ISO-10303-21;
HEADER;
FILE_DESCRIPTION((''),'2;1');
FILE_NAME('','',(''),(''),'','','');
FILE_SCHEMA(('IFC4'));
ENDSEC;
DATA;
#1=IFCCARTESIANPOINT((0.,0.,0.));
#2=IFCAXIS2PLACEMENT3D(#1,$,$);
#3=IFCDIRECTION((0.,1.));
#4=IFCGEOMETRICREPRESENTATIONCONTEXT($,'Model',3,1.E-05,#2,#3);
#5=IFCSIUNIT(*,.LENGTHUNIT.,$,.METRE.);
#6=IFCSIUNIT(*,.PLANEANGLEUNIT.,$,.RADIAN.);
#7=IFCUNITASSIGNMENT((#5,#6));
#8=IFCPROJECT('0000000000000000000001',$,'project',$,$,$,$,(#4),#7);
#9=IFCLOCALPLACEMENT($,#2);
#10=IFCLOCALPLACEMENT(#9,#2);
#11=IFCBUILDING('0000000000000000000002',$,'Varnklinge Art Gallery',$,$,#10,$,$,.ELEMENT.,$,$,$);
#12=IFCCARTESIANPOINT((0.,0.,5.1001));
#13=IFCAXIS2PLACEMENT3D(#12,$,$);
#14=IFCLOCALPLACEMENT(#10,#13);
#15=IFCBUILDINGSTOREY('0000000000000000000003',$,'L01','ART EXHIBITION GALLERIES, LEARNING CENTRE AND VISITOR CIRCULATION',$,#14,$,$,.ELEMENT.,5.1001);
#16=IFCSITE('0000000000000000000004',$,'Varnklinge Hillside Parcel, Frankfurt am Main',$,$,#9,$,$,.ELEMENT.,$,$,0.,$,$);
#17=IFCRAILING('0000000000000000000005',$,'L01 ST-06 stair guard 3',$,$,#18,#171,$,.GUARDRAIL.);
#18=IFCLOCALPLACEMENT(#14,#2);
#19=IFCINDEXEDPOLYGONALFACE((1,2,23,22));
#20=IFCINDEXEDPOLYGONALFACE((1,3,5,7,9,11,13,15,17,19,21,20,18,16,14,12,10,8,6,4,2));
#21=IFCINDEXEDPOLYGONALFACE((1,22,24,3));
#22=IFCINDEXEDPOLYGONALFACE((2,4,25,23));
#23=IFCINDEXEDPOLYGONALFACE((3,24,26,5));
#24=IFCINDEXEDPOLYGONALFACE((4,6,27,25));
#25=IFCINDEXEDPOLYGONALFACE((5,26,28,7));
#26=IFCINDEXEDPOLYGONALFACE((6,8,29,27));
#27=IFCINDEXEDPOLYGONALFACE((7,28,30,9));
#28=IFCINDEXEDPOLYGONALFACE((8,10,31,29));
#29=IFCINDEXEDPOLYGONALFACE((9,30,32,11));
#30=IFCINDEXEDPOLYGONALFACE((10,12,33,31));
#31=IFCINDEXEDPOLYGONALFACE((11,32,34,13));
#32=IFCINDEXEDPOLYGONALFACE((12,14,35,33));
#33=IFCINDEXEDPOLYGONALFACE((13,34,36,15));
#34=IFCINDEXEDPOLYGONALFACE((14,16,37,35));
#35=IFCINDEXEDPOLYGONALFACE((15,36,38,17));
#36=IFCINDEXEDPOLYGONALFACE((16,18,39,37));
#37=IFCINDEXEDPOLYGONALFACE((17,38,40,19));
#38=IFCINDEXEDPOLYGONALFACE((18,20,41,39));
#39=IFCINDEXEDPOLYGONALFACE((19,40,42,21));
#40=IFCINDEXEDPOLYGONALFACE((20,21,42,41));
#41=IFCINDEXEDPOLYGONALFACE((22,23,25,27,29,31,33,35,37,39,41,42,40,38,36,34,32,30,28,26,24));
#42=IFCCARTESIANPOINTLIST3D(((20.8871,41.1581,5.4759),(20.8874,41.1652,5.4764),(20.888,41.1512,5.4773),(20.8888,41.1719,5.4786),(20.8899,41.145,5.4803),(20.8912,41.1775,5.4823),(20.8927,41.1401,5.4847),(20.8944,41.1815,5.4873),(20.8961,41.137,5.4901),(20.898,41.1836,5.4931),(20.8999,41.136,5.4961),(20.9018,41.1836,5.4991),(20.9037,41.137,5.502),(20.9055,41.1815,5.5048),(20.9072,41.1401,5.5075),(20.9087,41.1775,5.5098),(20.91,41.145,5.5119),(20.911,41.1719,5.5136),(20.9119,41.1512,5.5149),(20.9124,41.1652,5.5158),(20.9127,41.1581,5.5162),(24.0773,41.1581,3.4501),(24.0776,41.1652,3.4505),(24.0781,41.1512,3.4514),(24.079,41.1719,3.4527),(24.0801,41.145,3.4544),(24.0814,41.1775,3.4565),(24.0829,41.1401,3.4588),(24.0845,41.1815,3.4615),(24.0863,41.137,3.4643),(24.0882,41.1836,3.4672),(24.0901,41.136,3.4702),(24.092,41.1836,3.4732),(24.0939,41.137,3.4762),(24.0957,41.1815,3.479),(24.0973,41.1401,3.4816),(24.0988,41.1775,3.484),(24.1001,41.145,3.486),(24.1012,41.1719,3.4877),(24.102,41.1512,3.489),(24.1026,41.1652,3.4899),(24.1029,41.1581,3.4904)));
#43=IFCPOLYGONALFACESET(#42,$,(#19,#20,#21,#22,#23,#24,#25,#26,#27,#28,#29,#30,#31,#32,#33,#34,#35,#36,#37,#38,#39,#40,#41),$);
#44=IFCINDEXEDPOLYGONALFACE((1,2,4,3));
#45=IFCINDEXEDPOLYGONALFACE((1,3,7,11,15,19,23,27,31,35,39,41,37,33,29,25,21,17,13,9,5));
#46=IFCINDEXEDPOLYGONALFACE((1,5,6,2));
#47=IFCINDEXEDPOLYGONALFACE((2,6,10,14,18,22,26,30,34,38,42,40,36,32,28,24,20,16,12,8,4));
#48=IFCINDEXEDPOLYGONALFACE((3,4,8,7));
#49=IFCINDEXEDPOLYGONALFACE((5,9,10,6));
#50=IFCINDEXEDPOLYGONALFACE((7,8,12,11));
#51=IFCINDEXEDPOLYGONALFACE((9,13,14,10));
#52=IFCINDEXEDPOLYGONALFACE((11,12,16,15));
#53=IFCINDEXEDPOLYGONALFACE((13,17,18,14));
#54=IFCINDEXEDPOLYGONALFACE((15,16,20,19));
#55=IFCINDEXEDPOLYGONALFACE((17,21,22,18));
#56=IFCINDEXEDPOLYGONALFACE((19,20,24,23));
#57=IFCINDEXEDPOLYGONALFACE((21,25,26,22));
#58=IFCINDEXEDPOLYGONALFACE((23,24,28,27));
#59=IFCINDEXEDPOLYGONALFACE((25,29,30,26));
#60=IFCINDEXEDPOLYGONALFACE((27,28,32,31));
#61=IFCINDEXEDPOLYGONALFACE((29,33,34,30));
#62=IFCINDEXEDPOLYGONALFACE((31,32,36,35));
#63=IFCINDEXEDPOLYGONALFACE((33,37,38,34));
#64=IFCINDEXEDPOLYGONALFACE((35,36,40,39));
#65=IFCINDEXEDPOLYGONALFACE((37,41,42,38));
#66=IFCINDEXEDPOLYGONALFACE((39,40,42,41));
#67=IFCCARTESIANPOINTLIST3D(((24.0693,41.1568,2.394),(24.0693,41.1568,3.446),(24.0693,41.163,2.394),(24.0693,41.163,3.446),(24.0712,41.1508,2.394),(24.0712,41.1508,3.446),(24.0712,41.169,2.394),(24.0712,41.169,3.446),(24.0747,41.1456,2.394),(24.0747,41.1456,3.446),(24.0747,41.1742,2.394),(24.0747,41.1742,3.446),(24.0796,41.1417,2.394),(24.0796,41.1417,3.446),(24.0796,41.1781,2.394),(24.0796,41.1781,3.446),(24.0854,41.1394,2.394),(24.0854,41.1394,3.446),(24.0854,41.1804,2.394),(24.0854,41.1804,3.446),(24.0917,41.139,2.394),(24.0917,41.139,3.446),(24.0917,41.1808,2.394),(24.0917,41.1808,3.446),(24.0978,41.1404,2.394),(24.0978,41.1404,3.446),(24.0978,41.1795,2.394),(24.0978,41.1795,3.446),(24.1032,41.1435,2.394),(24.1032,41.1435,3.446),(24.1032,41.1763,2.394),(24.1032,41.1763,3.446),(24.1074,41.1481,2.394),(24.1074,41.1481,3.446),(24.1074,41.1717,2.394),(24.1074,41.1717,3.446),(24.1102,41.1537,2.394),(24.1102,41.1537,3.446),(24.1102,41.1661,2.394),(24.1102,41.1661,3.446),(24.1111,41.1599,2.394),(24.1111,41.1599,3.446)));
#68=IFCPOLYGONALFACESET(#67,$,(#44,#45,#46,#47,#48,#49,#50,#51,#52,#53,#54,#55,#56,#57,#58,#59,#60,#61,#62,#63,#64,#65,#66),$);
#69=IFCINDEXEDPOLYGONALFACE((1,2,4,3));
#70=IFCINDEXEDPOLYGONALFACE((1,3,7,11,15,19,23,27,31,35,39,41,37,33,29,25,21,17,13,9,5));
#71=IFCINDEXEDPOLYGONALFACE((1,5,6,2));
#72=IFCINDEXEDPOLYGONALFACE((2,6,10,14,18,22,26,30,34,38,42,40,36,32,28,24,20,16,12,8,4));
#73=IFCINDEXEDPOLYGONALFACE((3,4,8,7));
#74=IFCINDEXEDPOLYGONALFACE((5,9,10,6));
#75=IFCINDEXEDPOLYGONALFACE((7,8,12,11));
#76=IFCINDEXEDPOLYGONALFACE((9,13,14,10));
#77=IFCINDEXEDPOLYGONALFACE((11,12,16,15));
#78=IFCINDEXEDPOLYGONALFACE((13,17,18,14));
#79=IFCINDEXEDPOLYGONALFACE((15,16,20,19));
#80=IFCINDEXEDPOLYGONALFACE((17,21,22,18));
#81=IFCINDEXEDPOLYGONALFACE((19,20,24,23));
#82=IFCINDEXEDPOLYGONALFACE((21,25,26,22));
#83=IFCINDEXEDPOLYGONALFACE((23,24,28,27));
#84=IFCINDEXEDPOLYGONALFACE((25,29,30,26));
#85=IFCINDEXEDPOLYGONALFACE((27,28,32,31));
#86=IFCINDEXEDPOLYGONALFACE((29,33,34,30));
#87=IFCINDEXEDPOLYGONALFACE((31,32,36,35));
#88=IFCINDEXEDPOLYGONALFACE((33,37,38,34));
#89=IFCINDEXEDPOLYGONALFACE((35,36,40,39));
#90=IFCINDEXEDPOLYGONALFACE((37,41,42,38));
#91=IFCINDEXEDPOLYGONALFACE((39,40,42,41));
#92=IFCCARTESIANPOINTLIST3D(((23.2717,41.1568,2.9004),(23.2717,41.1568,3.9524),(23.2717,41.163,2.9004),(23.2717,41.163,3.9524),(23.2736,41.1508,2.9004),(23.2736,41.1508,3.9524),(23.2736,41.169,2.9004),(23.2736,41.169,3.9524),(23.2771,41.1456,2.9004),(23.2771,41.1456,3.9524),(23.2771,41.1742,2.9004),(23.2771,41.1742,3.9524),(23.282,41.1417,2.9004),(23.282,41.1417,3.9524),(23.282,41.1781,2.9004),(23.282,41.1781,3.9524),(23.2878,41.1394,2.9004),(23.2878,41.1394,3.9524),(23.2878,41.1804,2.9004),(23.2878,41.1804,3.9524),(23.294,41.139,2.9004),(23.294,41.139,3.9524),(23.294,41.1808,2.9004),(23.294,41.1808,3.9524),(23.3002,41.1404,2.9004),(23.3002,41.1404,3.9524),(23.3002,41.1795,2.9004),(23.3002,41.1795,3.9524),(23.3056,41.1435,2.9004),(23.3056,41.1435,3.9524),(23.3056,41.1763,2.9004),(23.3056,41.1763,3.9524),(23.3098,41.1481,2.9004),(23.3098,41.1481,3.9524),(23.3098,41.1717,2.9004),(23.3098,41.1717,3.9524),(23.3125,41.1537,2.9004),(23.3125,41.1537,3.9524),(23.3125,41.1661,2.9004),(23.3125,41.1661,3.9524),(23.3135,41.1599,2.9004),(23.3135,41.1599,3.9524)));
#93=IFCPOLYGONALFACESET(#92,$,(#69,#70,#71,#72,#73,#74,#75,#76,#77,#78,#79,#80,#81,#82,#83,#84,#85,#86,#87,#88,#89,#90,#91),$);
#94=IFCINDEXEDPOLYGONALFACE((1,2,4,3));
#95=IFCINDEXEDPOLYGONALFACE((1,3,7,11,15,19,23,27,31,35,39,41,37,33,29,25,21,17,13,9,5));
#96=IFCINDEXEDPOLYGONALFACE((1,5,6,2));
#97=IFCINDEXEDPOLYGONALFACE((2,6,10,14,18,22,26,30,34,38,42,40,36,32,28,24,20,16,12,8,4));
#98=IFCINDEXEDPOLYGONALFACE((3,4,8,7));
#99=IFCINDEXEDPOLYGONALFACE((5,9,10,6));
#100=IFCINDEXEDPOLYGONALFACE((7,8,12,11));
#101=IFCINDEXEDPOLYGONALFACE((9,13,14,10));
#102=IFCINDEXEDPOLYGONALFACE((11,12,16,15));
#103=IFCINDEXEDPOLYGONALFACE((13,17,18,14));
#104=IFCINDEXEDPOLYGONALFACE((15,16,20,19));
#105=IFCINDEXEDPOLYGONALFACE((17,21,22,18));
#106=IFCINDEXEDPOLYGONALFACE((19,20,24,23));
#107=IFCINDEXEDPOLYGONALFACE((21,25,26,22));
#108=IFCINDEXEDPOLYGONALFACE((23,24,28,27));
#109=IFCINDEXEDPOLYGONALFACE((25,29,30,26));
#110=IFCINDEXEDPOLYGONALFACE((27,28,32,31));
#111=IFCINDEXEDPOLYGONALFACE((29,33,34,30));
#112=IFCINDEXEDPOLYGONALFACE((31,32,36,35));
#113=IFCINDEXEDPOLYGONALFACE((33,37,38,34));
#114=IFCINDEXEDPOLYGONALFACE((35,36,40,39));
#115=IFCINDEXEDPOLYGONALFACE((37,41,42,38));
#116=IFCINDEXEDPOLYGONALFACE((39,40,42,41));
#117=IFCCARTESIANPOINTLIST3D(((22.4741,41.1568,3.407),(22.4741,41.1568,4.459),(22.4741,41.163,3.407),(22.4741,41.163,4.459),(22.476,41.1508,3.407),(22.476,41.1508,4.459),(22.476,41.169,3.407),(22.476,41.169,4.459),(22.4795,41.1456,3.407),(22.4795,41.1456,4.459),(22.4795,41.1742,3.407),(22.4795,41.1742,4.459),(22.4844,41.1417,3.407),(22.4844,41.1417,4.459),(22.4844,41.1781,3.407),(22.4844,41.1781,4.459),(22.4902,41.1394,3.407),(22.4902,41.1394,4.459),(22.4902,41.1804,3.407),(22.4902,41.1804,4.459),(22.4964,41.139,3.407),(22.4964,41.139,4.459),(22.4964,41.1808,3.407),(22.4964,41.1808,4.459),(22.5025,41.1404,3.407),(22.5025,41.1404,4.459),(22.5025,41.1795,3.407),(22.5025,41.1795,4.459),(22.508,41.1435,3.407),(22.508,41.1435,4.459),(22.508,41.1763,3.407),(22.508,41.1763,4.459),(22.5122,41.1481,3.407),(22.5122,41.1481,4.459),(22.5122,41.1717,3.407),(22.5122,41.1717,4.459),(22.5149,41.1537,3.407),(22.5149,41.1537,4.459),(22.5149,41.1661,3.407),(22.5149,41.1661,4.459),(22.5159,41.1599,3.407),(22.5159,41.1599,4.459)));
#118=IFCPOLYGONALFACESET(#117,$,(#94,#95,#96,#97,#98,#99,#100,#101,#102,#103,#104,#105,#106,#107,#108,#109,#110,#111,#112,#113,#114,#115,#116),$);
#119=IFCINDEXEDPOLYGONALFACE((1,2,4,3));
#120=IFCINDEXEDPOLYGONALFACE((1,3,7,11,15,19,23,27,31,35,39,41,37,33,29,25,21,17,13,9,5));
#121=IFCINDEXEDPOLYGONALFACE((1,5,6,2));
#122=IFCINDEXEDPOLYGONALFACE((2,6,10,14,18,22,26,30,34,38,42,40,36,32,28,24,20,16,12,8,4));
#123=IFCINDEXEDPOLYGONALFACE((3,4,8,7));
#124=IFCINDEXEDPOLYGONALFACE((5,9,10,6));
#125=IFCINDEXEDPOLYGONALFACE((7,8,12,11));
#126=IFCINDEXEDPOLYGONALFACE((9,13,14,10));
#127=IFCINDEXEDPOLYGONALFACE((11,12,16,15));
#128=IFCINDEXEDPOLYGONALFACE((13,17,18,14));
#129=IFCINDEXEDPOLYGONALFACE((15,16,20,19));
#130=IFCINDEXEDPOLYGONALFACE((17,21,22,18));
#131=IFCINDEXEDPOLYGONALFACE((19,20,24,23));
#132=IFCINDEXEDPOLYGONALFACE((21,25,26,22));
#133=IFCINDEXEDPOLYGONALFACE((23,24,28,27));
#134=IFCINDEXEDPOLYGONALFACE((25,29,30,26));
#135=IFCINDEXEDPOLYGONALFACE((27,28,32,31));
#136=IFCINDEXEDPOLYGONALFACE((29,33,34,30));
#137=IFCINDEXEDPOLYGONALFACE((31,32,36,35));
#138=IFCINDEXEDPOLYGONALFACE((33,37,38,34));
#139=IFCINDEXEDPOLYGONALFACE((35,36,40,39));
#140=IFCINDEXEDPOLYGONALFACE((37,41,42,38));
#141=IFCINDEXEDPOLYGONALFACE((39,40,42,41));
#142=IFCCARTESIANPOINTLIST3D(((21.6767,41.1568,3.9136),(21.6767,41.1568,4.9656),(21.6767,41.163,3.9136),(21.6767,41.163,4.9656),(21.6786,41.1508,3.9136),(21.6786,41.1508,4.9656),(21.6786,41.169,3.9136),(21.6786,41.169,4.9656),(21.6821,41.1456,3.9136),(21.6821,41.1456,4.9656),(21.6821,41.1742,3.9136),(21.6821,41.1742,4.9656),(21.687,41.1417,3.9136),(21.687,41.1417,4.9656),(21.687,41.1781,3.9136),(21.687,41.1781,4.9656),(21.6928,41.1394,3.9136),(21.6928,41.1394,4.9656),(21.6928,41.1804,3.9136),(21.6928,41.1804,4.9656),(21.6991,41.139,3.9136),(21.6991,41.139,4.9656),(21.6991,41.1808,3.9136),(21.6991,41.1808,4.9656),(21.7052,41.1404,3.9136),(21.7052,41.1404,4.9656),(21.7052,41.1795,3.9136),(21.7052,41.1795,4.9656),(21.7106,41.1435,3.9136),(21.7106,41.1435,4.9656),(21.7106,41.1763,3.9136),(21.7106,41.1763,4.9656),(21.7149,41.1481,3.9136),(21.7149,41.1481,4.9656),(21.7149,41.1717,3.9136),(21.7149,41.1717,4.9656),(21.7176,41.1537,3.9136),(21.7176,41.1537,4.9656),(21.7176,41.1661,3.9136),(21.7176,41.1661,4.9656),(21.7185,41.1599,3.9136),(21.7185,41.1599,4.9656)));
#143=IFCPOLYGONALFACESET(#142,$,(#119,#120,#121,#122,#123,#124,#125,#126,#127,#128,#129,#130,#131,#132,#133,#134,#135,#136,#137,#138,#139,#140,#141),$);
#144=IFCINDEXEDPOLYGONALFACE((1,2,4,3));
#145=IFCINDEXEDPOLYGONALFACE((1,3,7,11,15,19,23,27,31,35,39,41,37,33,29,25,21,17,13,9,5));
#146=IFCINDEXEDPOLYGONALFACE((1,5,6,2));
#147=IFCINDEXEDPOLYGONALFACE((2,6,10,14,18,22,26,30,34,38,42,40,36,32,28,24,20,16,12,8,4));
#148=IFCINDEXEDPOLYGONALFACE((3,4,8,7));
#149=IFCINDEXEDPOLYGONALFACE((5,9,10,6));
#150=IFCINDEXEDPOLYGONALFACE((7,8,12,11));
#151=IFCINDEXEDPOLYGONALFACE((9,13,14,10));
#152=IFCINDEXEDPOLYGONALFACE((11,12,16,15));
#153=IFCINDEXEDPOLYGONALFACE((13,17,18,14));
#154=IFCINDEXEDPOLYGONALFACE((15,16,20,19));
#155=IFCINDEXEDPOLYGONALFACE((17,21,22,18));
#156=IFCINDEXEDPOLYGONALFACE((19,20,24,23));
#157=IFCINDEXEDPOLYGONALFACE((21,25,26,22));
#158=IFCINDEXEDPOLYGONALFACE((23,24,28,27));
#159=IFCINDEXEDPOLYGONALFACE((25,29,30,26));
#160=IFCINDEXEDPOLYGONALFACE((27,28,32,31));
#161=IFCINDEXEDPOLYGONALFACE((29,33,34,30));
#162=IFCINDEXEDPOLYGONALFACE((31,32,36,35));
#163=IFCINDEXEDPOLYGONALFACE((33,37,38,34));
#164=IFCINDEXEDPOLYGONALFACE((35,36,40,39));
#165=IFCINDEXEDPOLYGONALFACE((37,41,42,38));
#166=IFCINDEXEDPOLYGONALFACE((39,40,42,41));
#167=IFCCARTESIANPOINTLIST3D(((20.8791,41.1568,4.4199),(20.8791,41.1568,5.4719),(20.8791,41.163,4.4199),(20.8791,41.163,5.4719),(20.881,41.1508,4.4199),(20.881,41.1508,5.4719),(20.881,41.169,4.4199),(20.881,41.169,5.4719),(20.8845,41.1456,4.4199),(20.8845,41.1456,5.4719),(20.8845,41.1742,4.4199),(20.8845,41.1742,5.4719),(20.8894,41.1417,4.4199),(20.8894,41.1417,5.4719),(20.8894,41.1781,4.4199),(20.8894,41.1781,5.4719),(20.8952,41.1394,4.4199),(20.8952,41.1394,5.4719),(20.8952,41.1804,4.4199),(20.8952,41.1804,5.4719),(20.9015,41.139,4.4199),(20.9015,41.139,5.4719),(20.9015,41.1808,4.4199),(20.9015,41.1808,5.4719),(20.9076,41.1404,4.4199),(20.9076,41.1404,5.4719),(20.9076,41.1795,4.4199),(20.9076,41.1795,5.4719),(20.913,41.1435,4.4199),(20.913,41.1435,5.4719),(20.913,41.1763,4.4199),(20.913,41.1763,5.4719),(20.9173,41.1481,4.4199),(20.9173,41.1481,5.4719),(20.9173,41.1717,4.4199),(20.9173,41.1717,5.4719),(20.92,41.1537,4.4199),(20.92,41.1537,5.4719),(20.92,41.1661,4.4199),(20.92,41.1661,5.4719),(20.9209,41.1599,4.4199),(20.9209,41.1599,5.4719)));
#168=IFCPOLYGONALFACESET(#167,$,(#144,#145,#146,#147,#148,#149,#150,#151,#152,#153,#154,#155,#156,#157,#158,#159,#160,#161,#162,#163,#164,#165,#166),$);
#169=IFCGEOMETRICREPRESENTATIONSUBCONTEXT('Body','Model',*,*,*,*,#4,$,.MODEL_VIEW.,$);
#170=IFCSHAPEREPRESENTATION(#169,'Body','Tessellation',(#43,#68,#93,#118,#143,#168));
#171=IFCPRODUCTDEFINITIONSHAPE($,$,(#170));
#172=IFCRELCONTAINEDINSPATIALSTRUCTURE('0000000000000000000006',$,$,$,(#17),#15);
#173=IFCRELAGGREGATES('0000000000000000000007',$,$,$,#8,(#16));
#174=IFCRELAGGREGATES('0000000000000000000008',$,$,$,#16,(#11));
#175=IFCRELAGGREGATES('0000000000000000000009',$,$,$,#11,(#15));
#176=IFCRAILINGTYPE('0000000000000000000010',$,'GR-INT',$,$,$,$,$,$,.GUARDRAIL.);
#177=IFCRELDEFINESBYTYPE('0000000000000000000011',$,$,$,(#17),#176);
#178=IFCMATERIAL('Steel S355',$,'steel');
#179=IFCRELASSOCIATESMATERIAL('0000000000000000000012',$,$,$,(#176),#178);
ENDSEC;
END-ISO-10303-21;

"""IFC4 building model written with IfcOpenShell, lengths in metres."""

from ifc_helpers import new_model, si_unit, direction, frame, origin, origin_2d, place, context, subcontext, project, spatial, circle, extrude, material, type_object, element, save


model = new_model("IFC4")

# Units and contexts
model_context = context("Model", 3, precision=1e-05, world=origin(), true_north=direction((0.0, 1.0)))
body_context = subcontext(model_context, "Body", "Model", "MODEL_VIEW")
ifc_project = project(units=[si_unit("LENGTHUNIT", "METRE"), si_unit("PLANEANGLEUNIT", "RADIAN")], contexts=[model_context])

# Site, building, storey
site_placement = place(None, origin())
site = spatial("IfcSite", under=ifc_project, at=site_placement, Name="Varnklinge Hillside Parcel, Frankfurt am Main", CompositionType="ELEMENT", RefElevation=0.0)
building_placement = place(site_placement, origin())
building = spatial("IfcBuilding", under=site, at=building_placement, Name="Varnklinge Art Gallery", CompositionType="ELEMENT")
storey_placement = place(building_placement, frame((0.0, 0.0, 5.1001)))
storey = spatial("IfcBuildingStorey", under=building, at=storey_placement, Name="L01", Description="ART EXHIBITION GALLERIES, LEARNING CENTRE AND VISITOR CIRCULATION", CompositionType="ELEMENT", Elevation=5.1001)

# Railing
ifc_material_1 = material(Name="Steel S355", Category="steel")
railing_type_1 = type_object("IfcRailingType", Name="GR-INT", PredefinedType="GUARDRAIL", material=ifc_material_1)
railing_1_placement = place(storey_placement, frame((24.0901, 41.1599, 2.394)))
element("IfcRailing", 1, at=railing_1_placement, inside=storey, type_object=railing_type_1, Name="L01 ST-06 stair guard 3", PredefinedType="GUARDRAIL", context=body_context, shape_type="SweptSolid", body=[
    extrude(circle(Radius=0.0239, at=origin_2d()), frame((0.0, 0.0, 1.0762), z_axis=(-0.844169, 0.0, 0.536077), x_axis=(0.0, -1.0, 0.0)), (0.0, 0.0, 1.0), 3.7791),
    extrude(circle(Radius=0.021, at=origin_2d()), origin(), (0.0, 0.0, 1.0), 1.052),
    extrude(circle(Radius=0.021, at=origin_2d()), frame((-0.7976, 0.0, 0.5063)), (0.0, 0.0, 1.0), 1.052),
    extrude(circle(Radius=0.021, at=origin_2d()), frame((-1.5952, 0.0, 1.0129)), (0.0, 0.0, 1.0), 1.052),
    extrude(circle(Radius=0.021, at=origin_2d()), frame((-2.3926, 0.0, 1.5195)), (0.0, 0.0, 1.0), 1.052),
    extrude(circle(Radius=0.021, at=origin_2d()), frame((-3.1902, 0.0, 2.0259)), (0.0, 0.0, 1.0), 1.052),
])

save(model, "model.ifc")
